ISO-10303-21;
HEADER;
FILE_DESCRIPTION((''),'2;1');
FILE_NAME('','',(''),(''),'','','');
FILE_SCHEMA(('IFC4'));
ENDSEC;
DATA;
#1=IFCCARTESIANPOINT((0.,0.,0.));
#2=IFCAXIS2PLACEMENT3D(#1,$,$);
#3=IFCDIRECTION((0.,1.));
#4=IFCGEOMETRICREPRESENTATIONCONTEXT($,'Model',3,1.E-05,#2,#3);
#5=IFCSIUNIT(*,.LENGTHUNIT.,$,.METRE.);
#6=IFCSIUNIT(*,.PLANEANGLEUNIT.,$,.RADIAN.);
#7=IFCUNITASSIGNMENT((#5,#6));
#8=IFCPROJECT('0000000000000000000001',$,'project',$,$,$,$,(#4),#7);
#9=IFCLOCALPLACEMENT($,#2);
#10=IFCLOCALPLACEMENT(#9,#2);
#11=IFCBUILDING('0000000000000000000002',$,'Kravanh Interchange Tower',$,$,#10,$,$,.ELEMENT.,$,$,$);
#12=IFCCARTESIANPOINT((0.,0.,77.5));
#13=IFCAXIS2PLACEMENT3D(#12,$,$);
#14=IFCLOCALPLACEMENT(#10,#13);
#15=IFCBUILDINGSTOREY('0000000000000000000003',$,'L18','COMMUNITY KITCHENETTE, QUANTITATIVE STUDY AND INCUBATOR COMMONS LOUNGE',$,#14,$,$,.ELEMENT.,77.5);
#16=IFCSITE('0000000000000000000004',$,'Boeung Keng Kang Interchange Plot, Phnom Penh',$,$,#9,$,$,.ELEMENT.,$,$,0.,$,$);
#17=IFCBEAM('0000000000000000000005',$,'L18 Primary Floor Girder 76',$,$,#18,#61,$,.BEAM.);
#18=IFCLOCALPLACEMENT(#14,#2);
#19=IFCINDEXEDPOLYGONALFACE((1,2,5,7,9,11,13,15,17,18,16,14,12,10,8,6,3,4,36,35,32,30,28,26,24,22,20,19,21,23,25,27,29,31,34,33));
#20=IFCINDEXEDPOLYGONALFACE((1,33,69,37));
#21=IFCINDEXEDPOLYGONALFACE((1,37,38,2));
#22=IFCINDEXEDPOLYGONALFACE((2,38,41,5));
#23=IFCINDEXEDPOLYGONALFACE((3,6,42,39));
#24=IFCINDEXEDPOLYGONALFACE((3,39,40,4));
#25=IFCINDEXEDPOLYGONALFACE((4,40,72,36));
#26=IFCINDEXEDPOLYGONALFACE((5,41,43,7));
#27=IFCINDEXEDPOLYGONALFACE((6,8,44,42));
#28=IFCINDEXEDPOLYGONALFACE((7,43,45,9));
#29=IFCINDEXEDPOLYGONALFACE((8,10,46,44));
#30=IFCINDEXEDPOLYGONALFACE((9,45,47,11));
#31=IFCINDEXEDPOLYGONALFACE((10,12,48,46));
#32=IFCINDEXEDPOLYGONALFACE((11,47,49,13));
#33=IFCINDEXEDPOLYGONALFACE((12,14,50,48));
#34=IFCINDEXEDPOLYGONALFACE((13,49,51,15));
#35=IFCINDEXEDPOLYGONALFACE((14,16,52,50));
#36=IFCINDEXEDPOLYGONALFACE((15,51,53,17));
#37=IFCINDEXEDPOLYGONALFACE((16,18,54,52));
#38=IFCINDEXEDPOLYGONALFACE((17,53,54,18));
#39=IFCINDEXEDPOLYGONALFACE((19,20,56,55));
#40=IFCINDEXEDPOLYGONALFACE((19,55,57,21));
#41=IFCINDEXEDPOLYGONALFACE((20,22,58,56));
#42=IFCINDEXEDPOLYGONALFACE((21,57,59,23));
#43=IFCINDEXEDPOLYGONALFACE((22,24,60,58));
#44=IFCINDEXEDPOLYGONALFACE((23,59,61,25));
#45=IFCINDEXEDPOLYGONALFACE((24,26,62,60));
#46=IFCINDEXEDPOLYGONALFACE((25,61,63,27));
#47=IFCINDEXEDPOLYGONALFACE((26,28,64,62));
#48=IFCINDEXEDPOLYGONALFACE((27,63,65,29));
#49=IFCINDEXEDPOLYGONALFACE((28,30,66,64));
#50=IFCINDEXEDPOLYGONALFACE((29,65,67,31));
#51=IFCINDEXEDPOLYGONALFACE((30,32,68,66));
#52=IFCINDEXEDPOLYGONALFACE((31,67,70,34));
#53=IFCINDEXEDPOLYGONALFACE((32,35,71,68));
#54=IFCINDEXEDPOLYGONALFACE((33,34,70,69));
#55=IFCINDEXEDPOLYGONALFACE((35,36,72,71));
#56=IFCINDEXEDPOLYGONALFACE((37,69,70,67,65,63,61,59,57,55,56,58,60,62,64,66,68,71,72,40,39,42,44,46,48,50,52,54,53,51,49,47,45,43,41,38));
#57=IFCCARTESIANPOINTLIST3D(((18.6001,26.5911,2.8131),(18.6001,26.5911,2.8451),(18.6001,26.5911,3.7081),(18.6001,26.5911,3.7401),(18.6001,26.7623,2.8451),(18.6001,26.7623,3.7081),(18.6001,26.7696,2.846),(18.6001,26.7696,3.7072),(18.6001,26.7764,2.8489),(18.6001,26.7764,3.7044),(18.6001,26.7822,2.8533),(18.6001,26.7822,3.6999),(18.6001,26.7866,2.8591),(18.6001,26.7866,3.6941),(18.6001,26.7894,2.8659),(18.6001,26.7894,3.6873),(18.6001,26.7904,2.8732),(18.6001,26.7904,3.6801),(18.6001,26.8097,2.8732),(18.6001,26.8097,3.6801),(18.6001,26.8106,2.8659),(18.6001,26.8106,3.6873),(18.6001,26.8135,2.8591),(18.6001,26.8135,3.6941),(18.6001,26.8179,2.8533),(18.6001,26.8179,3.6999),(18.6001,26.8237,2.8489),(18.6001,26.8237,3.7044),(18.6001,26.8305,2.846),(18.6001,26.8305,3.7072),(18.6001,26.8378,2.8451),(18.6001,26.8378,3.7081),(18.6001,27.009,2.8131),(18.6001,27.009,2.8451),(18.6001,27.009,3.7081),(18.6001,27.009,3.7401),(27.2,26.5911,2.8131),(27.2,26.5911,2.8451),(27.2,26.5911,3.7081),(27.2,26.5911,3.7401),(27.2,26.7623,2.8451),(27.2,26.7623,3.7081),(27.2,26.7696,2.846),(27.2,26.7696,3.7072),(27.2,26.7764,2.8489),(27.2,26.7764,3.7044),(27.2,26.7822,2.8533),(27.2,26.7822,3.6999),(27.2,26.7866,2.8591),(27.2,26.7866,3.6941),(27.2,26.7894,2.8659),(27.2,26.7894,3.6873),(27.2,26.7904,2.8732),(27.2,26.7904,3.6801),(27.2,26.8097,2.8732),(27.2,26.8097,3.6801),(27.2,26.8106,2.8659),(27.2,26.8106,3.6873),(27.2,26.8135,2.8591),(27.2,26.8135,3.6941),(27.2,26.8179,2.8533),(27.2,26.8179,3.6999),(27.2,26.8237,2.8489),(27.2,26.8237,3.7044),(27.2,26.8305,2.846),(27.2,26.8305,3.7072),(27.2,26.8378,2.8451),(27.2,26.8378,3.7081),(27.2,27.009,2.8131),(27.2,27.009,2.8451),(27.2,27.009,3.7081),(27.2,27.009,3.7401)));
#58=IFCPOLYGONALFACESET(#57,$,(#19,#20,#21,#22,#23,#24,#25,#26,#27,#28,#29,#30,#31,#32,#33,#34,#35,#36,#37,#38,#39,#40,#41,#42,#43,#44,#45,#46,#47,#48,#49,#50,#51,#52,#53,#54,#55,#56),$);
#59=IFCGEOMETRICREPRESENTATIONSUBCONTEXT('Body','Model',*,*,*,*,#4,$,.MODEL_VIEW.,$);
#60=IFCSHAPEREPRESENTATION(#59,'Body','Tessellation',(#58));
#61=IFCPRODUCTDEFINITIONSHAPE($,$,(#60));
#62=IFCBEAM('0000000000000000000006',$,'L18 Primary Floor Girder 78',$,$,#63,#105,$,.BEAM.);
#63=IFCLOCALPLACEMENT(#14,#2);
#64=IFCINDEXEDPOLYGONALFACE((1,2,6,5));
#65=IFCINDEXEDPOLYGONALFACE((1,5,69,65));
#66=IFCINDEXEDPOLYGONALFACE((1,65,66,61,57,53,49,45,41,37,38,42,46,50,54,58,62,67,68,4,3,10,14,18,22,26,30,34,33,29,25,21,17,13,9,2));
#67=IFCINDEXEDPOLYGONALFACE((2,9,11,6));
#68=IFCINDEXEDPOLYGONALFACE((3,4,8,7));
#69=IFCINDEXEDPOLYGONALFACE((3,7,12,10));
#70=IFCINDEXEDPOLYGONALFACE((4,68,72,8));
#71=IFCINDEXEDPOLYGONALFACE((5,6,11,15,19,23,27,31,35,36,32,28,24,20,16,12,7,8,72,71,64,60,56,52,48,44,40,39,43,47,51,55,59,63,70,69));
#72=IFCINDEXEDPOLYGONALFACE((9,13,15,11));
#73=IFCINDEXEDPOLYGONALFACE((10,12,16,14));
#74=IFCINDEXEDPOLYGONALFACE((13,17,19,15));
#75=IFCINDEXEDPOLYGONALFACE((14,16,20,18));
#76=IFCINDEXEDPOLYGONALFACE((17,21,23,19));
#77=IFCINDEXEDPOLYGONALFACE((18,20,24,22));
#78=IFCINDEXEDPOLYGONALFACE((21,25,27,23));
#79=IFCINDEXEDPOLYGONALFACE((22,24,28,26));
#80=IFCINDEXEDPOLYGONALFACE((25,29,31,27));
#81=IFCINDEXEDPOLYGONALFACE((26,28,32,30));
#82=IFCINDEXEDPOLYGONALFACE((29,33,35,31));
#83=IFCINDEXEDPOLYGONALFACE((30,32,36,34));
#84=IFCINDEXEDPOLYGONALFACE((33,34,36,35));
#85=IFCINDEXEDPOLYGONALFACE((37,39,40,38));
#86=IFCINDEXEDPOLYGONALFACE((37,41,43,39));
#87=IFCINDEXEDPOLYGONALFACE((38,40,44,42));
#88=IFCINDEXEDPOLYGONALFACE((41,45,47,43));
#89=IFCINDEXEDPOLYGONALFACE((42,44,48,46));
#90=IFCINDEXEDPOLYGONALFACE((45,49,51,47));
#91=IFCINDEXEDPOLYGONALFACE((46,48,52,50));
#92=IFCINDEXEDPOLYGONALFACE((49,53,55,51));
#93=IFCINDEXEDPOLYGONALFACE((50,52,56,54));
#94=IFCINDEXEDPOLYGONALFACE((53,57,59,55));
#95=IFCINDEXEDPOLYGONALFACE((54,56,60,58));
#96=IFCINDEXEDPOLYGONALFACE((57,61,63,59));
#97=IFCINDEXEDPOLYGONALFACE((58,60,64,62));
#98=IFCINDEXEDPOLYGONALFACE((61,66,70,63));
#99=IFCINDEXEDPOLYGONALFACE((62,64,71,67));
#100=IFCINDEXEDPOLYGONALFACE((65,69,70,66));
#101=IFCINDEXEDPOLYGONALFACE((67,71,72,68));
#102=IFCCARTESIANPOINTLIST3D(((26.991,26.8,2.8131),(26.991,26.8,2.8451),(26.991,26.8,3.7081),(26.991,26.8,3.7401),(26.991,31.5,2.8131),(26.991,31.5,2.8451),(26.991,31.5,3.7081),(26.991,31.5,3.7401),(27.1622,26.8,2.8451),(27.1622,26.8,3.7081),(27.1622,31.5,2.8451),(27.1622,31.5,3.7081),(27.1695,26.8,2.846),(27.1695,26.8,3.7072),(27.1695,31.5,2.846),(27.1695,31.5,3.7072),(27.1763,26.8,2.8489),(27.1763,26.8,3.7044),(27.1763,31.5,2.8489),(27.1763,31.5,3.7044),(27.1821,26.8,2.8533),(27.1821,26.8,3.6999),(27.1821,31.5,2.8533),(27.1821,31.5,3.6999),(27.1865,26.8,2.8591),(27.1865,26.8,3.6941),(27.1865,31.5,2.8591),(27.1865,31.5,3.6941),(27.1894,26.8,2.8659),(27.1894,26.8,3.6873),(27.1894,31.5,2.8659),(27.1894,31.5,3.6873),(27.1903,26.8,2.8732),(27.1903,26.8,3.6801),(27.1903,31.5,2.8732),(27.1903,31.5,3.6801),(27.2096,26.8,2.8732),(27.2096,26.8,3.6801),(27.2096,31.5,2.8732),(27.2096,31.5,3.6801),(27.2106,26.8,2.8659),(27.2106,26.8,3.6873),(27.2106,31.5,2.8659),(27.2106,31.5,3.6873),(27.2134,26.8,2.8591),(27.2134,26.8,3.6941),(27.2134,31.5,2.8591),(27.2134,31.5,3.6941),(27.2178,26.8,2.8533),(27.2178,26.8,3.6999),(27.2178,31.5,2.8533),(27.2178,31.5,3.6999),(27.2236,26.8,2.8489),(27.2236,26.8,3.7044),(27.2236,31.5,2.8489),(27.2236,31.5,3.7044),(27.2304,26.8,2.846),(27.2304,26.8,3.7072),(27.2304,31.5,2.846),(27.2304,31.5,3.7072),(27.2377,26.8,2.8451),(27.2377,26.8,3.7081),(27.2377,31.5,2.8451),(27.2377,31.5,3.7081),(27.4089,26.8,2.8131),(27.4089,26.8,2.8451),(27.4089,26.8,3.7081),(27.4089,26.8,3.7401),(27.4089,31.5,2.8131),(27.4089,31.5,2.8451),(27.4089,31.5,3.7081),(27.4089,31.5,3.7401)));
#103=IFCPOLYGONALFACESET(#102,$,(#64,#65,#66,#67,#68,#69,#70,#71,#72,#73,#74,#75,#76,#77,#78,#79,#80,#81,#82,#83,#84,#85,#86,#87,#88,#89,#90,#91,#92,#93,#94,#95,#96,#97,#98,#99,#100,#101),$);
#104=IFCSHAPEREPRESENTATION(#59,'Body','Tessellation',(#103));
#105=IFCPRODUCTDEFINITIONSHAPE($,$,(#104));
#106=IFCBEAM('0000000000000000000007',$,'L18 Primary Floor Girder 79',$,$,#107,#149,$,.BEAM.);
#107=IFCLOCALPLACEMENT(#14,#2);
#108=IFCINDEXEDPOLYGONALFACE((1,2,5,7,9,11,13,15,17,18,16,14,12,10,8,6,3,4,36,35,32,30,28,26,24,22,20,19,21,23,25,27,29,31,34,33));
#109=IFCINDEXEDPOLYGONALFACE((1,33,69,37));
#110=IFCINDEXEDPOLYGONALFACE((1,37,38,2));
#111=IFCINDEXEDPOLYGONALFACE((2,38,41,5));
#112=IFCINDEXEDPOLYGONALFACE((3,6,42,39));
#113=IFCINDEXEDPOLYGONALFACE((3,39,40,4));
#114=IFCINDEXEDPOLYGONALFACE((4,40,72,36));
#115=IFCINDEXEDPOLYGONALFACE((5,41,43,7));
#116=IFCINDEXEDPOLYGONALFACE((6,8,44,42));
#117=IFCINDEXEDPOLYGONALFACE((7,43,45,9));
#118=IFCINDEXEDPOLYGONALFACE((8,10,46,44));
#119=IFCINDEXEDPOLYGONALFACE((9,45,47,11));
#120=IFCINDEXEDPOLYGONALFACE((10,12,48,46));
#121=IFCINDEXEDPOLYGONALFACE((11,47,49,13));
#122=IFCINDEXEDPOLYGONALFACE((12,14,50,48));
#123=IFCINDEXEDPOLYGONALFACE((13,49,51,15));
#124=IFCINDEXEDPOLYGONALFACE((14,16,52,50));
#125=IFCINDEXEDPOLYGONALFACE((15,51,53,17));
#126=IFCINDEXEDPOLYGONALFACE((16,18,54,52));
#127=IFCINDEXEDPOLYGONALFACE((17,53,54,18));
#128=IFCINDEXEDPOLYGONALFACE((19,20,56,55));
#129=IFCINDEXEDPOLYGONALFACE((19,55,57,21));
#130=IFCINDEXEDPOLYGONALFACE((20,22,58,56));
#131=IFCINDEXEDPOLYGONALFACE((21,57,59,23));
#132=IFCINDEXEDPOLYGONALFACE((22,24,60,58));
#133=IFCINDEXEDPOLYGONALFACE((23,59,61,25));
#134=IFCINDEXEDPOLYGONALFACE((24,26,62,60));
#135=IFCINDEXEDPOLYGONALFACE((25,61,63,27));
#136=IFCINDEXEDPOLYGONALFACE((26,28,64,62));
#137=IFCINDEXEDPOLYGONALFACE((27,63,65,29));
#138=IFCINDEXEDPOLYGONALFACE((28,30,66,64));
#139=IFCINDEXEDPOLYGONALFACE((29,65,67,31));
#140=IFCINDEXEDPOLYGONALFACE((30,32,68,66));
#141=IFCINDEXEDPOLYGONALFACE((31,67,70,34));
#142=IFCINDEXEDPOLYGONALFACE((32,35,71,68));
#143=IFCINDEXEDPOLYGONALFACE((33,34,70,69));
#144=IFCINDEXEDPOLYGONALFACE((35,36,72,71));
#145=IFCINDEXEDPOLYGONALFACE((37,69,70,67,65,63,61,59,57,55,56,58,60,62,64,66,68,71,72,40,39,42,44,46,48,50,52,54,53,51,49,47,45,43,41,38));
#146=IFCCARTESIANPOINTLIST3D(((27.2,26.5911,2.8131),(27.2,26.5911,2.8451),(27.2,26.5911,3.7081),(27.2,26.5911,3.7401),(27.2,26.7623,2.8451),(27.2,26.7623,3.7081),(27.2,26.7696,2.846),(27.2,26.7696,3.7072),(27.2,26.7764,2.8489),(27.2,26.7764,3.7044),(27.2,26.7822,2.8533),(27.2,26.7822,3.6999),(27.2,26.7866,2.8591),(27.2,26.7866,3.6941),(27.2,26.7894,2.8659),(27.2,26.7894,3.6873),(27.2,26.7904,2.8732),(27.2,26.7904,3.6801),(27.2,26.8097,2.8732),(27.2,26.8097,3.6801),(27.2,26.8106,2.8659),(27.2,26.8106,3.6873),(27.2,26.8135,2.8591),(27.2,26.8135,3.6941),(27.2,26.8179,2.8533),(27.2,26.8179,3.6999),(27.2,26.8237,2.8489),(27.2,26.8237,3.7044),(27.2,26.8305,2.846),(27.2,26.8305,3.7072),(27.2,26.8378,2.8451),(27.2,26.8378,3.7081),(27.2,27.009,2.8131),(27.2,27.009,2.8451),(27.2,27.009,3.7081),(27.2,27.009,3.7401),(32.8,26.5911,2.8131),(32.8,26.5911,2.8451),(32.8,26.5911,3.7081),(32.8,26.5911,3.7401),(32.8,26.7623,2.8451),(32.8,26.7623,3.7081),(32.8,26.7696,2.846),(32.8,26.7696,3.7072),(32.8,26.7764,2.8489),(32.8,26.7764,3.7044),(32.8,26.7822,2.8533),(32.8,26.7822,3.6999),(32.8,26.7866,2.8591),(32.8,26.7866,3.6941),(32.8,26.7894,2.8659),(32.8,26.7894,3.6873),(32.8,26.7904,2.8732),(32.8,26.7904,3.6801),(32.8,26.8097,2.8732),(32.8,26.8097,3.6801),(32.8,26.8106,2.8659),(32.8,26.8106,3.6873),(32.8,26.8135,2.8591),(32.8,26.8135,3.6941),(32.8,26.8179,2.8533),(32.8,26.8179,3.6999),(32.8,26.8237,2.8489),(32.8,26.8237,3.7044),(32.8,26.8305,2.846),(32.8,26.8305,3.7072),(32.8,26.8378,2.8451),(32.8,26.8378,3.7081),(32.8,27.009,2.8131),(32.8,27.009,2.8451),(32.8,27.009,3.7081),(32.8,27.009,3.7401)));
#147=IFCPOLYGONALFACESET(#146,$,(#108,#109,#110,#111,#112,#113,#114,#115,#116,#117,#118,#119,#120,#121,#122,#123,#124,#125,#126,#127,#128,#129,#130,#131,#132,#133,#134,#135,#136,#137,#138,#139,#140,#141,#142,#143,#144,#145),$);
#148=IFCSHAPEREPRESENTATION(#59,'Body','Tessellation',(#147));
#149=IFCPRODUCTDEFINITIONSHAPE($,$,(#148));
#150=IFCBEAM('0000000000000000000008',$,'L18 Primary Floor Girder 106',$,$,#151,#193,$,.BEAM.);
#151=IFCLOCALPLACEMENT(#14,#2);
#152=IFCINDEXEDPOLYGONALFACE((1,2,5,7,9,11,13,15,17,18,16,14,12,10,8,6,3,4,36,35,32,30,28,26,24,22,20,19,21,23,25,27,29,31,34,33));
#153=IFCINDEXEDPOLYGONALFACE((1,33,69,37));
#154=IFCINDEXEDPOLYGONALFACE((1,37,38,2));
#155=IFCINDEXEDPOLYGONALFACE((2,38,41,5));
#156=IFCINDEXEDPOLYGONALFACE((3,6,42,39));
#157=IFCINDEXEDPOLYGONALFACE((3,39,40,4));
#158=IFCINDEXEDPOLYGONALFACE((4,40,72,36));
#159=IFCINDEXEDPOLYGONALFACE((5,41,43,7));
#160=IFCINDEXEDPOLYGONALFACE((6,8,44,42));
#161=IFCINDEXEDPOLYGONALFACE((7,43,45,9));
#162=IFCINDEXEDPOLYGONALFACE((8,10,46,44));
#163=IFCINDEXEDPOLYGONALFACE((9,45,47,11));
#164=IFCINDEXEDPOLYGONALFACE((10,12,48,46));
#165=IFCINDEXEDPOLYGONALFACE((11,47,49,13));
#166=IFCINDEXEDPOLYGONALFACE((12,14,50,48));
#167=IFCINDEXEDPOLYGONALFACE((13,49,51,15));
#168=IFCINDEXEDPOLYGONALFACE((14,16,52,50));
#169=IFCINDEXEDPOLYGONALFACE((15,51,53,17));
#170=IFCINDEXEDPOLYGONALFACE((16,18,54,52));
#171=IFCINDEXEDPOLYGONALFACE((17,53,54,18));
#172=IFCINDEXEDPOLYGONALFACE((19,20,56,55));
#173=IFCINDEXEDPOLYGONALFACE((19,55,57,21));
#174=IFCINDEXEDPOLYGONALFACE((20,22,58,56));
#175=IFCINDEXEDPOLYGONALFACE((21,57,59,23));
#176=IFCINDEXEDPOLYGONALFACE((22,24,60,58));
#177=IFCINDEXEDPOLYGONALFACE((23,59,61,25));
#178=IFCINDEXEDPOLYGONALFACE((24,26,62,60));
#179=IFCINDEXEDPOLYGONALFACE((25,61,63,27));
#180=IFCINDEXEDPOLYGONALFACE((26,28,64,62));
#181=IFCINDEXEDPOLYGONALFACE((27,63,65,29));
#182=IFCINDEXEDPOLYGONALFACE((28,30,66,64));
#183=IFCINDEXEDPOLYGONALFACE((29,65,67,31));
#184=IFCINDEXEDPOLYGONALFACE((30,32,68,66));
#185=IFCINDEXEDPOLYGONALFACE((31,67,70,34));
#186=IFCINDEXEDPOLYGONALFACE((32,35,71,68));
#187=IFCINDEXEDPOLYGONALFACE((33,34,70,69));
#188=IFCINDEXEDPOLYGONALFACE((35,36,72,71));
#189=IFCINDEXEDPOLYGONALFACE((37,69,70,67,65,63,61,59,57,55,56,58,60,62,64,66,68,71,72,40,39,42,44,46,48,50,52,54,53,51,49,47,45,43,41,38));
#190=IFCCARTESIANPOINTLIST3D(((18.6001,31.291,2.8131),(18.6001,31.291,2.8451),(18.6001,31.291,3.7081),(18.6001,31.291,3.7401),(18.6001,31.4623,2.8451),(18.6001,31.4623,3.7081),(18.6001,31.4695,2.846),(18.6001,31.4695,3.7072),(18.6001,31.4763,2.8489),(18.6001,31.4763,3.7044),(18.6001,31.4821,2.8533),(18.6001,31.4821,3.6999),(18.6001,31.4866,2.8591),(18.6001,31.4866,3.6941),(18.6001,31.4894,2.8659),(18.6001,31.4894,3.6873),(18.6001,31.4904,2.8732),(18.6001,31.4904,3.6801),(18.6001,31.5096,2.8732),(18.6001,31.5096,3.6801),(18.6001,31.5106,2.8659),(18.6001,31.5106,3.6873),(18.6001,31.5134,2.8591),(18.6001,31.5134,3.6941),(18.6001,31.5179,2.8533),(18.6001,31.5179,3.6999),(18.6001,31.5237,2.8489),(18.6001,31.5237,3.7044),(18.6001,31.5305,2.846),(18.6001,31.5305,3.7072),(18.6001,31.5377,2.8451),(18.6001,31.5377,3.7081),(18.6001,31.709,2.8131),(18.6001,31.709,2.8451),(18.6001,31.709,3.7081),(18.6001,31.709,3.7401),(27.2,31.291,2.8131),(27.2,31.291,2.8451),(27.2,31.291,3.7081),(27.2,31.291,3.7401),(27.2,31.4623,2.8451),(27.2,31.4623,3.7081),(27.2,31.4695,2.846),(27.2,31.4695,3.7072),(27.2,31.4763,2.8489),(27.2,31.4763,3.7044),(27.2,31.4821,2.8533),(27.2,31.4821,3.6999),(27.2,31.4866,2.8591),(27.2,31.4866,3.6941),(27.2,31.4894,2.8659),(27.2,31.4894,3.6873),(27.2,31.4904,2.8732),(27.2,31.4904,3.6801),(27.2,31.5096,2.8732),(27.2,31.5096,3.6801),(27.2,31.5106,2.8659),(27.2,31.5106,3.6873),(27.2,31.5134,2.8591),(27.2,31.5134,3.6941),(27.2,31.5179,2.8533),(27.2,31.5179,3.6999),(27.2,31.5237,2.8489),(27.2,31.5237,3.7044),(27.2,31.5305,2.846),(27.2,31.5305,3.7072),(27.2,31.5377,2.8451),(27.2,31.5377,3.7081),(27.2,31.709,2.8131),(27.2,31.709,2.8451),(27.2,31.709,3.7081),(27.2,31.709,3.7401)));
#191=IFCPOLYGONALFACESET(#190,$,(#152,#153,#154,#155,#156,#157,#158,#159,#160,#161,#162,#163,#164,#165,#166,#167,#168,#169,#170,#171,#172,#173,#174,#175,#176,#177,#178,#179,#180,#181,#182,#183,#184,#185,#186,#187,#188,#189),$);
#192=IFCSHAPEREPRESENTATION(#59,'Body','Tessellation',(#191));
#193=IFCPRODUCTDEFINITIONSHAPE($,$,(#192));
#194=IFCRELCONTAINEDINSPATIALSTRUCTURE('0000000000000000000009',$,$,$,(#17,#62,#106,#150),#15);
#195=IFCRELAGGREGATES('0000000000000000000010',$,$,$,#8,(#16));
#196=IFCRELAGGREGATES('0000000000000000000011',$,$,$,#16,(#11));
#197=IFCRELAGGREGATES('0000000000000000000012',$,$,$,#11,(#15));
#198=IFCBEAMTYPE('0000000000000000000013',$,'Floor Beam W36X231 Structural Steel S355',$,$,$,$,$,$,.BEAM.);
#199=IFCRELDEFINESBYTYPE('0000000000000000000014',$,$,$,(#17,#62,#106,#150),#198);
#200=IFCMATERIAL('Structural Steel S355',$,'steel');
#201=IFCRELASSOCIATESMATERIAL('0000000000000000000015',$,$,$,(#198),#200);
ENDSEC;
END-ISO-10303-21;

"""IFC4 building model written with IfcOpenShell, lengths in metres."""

from ifc_helpers import new_model, si_unit, direction, frame, origin, origin_2d, place, context, subcontext, project, spatial, i_section, extrude, material, material_profile, profile_set, type_object, element, save


model = new_model("IFC4")

# Units and contexts
model_context = context("Model", 3, precision=1e-05, world=origin(), true_north=direction((0.0, 1.0)))
body_context = subcontext(model_context, "Body", "Model", "MODEL_VIEW")
ifc_project = project(units=[si_unit("LENGTHUNIT", "METRE"), si_unit("PLANEANGLEUNIT", "RADIAN")], contexts=[model_context])

# Site, building, storey
site_placement = place(None, origin())
site = spatial("IfcSite", under=ifc_project, at=site_placement, Name="Boeung Keng Kang Interchange Plot, Phnom Penh", CompositionType="ELEMENT", RefElevation=0.0)
building_placement = place(site_placement, origin())
building = spatial("IfcBuilding", under=site, at=building_placement, Name="Kravanh Interchange Tower", CompositionType="ELEMENT")
storey_placement = place(building_placement, frame((0.0, 0.0, 77.5)))
storey = spatial("IfcBuildingStorey", under=building, at=storey_placement, Name="L18", Description="COMMUNITY KITCHENETTE, QUANTITATIVE STUDY AND INCUBATOR COMMONS LOUNGE", CompositionType="ELEMENT", Elevation=77.5)

# Beams
ifc_material_1 = material(Name="Structural Steel S355", Category="steel")
ifc_material_profile_1 = material_profile(ifc_material_1, i_section(OverallWidth=0.418, OverallDepth=0.927, WebThickness=0.0193, FlangeThickness=0.032, FilletRadius=0.0281, at=origin_2d()), Name="W36X231")
ifc_profile_set_1 = profile_set([ifc_material_profile_1], Name="Structural Steel S355")
beam_type_1 = type_object("IfcBeamType", Name="Floor Beam W36X231 Structural Steel S355", PredefinedType="BEAM", material=ifc_profile_set_1)
beam_1_placement = place(storey_placement, frame((18.6001, 26.8, 3.2766), z_axis=(1.0, 0.0, 0.0), x_axis=(0.0, 1.0, 0.0)))
element("IfcBeam", 1, at=beam_1_placement, inside=storey, type_object=beam_type_1, Name="L18 Primary Floor Girder 76", PredefinedType="BEAM", context=body_context, shape_type="SweptSolid", body=[
    extrude(i_section(OverallWidth=0.418, OverallDepth=0.927, WebThickness=0.0193, FlangeThickness=0.032, FilletRadius=0.0281, at=origin_2d()), origin(), (0.0, 0.0, 1.0), 8.5999),
])
beam_2_placement = place(storey_placement, frame((27.2, 26.8, 3.2766), z_axis=(0.0, 1.0, 0.0), x_axis=(-1.0, 0.0, 0.0)))
element("IfcBeam", 2, at=beam_2_placement, inside=storey, type_object=beam_type_1, Name="L18 Primary Floor Girder 78", PredefinedType="BEAM", context=body_context, shape_type="SweptSolid", body=[
    extrude(i_section(OverallWidth=0.418, OverallDepth=0.927, WebThickness=0.0193, FlangeThickness=0.032, FilletRadius=0.0281, at=origin_2d()), origin(), (0.0, 0.0, 1.0), 4.7),
])
beam_3_placement = place(storey_placement, frame((27.2, 26.8, 3.2766), z_axis=(1.0, 0.0, 0.0), x_axis=(0.0, 1.0, 0.0)))
element("IfcBeam", 3, at=beam_3_placement, inside=storey, type_object=beam_type_1, Name="L18 Primary Floor Girder 79", PredefinedType="BEAM", context=body_context, shape_type="SweptSolid", body=[
    extrude(i_section(OverallWidth=0.418, OverallDepth=0.927, WebThickness=0.0193, FlangeThickness=0.032, FilletRadius=0.0281, at=origin_2d()), origin(), (0.0, 0.0, 1.0), 5.6001),
])
beam_4_placement = place(storey_placement, frame((18.6001, 31.5, 3.2766), z_axis=(1.0, 0.0, 0.0), x_axis=(0.0, 1.0, 0.0)))
element("IfcBeam", 4, at=beam_4_placement, inside=storey, type_object=beam_type_1, Name="L18 Primary Floor Girder 106", PredefinedType="BEAM", context=body_context, shape_type="SweptSolid", body=[
    extrude(i_section(OverallWidth=0.418, OverallDepth=0.927, WebThickness=0.0193, FlangeThickness=0.032, FilletRadius=0.0281, at=origin_2d()), origin(), (0.0, 0.0, 1.0), 8.5999),
])

save(model, "model.ifc")
